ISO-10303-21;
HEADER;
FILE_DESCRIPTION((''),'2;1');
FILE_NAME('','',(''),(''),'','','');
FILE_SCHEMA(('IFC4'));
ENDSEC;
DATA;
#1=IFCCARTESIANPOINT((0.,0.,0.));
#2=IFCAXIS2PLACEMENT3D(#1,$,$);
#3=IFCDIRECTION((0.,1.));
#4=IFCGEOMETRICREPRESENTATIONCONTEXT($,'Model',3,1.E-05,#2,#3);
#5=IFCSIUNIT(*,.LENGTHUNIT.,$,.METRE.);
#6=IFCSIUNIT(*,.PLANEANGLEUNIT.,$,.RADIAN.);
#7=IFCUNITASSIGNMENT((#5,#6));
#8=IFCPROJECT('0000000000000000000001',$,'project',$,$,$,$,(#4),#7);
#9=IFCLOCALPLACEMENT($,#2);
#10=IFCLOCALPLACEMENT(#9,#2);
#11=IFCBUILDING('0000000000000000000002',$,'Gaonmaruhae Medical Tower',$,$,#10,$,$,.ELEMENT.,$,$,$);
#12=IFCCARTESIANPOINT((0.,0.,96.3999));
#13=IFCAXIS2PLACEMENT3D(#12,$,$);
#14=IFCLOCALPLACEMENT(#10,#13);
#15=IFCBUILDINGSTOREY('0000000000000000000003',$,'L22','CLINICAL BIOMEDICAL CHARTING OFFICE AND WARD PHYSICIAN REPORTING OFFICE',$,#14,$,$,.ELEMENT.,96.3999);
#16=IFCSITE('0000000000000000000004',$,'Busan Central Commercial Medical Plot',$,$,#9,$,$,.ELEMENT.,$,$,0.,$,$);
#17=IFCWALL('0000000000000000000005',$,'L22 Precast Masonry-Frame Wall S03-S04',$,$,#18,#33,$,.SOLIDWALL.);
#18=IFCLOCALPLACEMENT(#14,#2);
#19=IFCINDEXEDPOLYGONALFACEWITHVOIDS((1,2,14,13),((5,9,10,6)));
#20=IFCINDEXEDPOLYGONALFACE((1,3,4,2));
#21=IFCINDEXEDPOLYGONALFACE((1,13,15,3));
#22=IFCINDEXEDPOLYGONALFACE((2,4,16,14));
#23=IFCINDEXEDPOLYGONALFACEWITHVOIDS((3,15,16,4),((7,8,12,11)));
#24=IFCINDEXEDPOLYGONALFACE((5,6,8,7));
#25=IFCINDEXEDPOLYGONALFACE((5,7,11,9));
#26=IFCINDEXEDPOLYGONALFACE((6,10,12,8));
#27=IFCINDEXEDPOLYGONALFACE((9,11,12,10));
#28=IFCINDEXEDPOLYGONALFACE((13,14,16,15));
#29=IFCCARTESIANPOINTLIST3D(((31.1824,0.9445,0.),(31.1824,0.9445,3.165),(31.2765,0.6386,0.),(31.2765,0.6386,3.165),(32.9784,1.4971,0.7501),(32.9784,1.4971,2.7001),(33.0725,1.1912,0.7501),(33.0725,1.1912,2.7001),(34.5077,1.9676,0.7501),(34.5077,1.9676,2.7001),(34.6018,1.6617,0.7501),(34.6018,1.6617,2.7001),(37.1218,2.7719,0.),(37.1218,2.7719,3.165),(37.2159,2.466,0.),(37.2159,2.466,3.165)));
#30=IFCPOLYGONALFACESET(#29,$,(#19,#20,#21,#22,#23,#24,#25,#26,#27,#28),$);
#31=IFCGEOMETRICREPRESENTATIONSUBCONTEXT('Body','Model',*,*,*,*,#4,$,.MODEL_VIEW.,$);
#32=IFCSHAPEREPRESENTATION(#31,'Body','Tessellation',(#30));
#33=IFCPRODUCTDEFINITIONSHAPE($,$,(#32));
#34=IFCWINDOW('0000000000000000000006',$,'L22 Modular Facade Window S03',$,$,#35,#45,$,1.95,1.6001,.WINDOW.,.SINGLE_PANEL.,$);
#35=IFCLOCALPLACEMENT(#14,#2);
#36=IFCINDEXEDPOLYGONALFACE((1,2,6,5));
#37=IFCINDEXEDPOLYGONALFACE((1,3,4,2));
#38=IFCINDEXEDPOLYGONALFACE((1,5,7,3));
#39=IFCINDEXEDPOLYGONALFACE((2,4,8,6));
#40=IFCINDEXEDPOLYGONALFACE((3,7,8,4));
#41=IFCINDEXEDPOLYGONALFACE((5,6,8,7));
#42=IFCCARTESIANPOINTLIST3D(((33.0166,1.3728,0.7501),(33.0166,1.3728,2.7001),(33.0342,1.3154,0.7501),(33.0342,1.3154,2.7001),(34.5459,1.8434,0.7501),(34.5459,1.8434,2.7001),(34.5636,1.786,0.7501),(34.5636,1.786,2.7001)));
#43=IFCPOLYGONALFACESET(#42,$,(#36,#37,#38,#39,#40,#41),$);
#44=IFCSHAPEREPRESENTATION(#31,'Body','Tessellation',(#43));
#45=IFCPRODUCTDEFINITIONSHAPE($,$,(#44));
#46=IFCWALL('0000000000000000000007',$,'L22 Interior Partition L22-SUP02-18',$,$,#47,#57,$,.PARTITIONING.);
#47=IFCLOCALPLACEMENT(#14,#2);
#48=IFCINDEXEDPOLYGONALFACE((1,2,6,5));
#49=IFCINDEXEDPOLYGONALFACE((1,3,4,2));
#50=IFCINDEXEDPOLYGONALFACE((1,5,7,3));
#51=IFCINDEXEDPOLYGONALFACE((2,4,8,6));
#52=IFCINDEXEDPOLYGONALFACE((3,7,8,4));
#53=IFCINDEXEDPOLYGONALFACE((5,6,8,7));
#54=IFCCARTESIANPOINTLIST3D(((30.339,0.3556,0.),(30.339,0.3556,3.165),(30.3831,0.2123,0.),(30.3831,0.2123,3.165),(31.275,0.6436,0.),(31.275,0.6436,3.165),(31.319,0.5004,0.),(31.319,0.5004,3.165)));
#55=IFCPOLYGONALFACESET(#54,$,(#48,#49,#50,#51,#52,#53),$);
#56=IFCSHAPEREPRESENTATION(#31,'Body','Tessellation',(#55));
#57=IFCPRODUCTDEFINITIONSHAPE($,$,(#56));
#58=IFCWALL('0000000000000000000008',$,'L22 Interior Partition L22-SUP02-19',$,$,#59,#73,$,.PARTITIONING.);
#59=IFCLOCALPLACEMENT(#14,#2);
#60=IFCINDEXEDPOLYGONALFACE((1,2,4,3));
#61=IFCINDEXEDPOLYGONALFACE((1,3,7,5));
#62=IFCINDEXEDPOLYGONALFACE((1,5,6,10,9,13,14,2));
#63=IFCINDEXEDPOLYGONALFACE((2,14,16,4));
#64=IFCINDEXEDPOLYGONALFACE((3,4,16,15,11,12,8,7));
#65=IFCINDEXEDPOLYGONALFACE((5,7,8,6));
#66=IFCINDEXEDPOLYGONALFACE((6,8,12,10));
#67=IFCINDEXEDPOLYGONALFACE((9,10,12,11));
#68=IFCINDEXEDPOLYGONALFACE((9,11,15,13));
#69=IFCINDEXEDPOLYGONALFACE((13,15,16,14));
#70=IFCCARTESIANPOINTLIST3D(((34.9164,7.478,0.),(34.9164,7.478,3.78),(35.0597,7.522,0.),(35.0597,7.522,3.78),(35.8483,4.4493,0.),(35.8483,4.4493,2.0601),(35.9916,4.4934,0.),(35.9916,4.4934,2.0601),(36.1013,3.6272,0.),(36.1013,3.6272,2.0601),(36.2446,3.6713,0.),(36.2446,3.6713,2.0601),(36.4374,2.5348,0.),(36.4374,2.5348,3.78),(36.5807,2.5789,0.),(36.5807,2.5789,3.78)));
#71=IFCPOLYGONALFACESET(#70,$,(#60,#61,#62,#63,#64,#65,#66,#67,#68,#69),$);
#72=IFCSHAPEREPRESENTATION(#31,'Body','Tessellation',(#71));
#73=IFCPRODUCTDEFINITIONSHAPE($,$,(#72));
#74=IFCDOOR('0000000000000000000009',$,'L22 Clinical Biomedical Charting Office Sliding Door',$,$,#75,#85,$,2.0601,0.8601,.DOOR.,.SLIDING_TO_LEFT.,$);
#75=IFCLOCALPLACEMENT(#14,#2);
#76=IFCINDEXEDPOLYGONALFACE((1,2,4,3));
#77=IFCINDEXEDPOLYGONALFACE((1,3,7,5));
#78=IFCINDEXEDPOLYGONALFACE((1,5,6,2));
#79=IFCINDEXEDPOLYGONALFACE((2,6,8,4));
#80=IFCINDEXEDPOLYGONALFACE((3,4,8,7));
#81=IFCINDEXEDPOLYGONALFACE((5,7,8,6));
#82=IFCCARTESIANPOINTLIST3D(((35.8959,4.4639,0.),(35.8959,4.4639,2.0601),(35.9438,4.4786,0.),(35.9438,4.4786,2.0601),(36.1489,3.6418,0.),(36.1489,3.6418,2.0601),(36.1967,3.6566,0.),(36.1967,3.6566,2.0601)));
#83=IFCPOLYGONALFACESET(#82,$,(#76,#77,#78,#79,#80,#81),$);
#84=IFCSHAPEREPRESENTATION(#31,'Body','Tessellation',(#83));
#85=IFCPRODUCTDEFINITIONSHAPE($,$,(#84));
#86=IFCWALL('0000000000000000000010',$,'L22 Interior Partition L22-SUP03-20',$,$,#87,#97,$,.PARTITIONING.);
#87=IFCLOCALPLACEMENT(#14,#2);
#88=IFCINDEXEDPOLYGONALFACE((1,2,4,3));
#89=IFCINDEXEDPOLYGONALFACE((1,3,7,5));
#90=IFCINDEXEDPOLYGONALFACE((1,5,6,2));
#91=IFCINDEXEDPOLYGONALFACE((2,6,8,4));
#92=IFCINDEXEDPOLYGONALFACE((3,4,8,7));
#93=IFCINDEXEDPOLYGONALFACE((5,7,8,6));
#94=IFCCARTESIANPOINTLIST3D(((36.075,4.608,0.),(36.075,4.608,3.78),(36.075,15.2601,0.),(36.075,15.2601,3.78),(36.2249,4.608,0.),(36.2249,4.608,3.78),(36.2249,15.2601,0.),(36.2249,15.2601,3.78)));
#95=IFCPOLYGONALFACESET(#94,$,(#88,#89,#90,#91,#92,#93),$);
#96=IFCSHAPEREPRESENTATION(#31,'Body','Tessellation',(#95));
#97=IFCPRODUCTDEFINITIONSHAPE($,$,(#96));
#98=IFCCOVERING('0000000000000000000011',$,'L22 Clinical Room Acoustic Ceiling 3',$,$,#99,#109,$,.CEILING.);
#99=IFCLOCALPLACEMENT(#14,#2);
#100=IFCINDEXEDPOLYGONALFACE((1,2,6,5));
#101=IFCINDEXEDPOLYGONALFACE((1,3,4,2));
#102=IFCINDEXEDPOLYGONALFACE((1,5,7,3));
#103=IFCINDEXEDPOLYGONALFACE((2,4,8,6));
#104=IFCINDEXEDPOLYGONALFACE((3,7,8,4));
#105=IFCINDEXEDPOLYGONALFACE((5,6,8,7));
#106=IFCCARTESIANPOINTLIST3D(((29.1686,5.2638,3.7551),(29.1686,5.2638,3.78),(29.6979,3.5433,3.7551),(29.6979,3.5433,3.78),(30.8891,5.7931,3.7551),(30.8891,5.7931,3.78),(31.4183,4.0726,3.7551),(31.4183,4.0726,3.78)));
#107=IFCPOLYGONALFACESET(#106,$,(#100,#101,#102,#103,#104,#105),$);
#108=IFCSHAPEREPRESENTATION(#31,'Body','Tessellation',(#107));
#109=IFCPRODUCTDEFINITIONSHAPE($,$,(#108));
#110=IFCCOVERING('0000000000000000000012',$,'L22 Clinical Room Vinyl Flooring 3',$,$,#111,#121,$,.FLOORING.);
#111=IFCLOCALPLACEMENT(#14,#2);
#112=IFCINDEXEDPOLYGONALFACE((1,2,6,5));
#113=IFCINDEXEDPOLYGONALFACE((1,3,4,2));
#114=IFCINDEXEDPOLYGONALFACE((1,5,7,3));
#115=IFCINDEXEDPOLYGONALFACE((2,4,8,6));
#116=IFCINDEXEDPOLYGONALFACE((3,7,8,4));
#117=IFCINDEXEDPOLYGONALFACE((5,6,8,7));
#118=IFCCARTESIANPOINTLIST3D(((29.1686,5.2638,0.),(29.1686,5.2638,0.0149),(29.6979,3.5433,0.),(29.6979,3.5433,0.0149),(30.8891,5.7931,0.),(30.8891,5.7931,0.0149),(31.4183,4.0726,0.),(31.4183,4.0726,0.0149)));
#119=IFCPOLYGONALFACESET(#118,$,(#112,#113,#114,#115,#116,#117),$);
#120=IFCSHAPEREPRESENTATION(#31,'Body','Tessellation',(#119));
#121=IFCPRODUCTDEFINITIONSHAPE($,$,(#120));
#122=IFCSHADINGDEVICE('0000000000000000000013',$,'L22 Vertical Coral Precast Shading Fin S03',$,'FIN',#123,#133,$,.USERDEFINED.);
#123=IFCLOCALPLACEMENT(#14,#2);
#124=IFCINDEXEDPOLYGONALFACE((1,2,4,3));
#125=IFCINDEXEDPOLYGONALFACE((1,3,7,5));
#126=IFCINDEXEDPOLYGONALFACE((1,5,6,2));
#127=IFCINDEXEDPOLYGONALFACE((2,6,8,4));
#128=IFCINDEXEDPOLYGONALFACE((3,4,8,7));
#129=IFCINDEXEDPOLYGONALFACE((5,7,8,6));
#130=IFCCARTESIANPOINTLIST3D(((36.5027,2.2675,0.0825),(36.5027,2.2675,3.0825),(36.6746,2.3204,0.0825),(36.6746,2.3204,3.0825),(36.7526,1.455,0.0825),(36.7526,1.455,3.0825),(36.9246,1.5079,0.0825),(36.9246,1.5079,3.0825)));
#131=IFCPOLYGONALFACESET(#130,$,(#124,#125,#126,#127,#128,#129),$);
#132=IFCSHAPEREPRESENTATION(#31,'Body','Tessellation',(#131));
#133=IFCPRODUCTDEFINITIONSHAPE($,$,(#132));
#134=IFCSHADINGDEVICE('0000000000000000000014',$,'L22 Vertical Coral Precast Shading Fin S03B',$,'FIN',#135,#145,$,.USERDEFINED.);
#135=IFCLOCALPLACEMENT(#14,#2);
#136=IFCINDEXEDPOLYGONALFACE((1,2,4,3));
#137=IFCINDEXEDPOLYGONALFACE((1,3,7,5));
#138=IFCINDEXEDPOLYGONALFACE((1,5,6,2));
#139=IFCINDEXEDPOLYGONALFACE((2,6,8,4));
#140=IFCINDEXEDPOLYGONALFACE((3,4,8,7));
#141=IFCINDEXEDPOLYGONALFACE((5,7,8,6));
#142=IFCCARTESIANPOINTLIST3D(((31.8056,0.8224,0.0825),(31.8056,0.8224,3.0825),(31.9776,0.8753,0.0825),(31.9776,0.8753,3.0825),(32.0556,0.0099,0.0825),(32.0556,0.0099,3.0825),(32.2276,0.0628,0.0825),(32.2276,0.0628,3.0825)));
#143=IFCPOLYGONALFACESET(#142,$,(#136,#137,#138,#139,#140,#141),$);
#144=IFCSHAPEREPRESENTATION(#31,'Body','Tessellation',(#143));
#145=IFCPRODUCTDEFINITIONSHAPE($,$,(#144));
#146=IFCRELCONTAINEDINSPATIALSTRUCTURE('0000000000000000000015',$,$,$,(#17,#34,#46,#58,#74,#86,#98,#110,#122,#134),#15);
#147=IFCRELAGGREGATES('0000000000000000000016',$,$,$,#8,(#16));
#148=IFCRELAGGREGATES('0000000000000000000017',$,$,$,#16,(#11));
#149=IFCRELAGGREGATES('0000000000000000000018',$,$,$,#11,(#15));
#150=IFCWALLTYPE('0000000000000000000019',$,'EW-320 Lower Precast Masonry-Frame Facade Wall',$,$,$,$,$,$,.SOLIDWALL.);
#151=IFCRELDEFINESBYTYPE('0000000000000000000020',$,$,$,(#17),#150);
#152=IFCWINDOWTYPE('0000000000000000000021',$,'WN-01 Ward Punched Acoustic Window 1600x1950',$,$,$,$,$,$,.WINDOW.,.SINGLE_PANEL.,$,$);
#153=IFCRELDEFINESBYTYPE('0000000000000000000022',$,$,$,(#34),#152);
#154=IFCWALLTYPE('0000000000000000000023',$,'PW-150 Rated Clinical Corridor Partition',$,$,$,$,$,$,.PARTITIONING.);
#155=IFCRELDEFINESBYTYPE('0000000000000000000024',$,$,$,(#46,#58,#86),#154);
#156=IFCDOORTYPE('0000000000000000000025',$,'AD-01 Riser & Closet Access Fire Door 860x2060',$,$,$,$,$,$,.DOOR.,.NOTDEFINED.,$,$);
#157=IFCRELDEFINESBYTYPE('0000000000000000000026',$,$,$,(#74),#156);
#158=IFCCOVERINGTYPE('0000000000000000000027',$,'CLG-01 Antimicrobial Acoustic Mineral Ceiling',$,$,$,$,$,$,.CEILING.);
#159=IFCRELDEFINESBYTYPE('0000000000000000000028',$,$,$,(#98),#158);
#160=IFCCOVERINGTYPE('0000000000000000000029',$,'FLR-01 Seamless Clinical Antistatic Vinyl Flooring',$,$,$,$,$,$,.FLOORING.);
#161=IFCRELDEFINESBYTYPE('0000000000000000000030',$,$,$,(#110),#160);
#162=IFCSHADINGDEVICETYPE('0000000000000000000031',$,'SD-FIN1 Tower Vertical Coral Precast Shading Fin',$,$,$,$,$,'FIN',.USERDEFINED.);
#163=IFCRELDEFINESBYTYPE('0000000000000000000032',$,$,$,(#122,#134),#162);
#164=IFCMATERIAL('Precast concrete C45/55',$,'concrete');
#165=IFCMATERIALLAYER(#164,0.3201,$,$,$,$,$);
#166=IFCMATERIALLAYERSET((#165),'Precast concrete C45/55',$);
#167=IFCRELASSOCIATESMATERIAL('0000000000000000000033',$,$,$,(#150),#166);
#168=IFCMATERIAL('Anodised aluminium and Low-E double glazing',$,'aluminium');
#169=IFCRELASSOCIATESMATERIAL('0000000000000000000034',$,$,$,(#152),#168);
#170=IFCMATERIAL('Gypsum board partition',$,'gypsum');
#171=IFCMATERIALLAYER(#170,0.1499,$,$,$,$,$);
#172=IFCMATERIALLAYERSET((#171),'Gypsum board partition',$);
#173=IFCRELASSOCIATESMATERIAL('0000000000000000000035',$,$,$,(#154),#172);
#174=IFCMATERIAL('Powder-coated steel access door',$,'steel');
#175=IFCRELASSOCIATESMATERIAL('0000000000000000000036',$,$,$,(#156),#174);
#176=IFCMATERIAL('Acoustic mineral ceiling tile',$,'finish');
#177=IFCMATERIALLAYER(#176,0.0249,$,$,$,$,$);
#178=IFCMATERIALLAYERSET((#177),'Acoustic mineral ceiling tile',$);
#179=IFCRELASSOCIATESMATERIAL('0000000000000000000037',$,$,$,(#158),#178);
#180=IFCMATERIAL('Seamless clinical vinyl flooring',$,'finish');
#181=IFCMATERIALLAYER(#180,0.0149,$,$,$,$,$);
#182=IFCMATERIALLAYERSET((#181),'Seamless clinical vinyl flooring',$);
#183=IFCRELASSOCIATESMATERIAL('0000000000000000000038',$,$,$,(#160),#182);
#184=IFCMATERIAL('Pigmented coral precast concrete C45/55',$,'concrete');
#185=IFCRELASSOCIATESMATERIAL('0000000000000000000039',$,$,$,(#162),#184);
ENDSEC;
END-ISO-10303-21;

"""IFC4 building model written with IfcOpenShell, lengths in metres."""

from ifc_helpers import new_model, si_unit, direction, frame, frame_2d, origin, origin_2d, place, context, subcontext, project, spatial, rectangle, extrude, material, layer, layer_set, type_object, element, fill, save


model = new_model("IFC4")

# Units and contexts
model_context = context("Model", 3, precision=1e-05, world=origin(), true_north=direction((0.0, 1.0)))
body_context = subcontext(model_context, "Body", "Model", "MODEL_VIEW")
ifc_project = project(units=[si_unit("LENGTHUNIT", "METRE"), si_unit("PLANEANGLEUNIT", "RADIAN")], contexts=[model_context])

# Site, building, storey
site_placement = place(None, origin())
site = spatial("IfcSite", under=ifc_project, at=site_placement, Name="Busan Central Commercial Medical Plot", CompositionType="ELEMENT", RefElevation=0.0)
building_placement = place(site_placement, origin())
building = spatial("IfcBuilding", under=site, at=building_placement, Name="Gaonmaruhae Medical Tower", CompositionType="ELEMENT")
storey_placement = place(building_placement, frame((0.0, 0.0, 96.3999)))
storey = spatial("IfcBuildingStorey", under=building, at=storey_placement, Name="L22", Description="CLINICAL BIOMEDICAL CHARTING OFFICE AND WARD PHYSICIAN REPORTING OFFICE", CompositionType="ELEMENT", Elevation=96.3999)

# Wall, opening, window
ifc_material_1 = material(Name="Precast concrete C45/55", Category="concrete")
ifc_layer_1 = layer(ifc_material_1, 0.3201)
ifc_layer_set_1 = layer_set([ifc_layer_1], Name="Precast concrete C45/55")
wall_type_1 = type_object("IfcWallType", Name="EW-320 Lower Precast Masonry-Frame Facade Wall", PredefinedType="SOLIDWALL", material=ifc_layer_set_1)
ifc_material_2 = material(Name="Anodised aluminium and Low-E double glazing", Category="aluminium")
wall_1_placement = place(storey_placement, frame((37.1687, 2.6189, 0.0), z_axis=(0.0, 0.0, 1.0), x_axis=(-0.955785, -0.294067, 0.0)))
wall_1 = element("IfcWall", 1, at=wall_1_placement, inside=storey, type_object=wall_type_1, Name="L22 Precast Masonry-Frame Wall S03-S04", PredefinedType="SOLIDWALL", context=body_context, shape_type="SweptSolid", body=[
    extrude(rectangle(XDim=6.2141, YDim=0.3201, at=frame_2d((3.1069, 0.0))), origin(), (0.0, 0.0, 1.0), 3.165),
])
opening_1_placement = place(wall_1_placement, frame((2.7349, 0.0, 0.75)))
opening_1 = element("IfcOpeningElement", 2, at=opening_1_placement, cuts=wall_1, PredefinedType="OPENING", context=body_context, shape_type="SweptSolid", body=[
    extrude(rectangle(XDim=1.6001, YDim=1.95, at=frame_2d((0.8, 0.9751))), frame((0.0, 0.1699, 0.0), z_axis=(0.0, -1.0, 0.0), x_axis=(1.0, 0.0, 0.0)), (0.0, 0.0, 1.0), 0.3401),
])
window_type_1 = type_object("IfcWindowType", Name="WN-01 Ward Punched Acoustic Window 1600x1950", PartitioningType="SINGLE_PANEL", PredefinedType="WINDOW", material=ifc_material_2)
window_1_placement = place(opening_1_placement, origin())
window_1 = element("IfcWindow", 3, at=window_1_placement, inside=storey, type_object=window_type_1, Name="L22 Modular Facade Window S03", OverallHeight=1.95, OverallWidth=1.6001, PartitioningType="SINGLE_PANEL", PredefinedType="WINDOW", context=body_context, shape_type="SweptSolid", body=[
    extrude(rectangle(XDim=1.6001, YDim=1.95, at=frame_2d((0.8, 0.9751))), frame((0.0, 0.03, 0.0), z_axis=(0.0, -1.0, 0.0), x_axis=(1.0, 0.0, 0.0)), (0.0, 0.0, 1.0), 0.0601),
])
fill(opening_1, window_1)

# Wall
ifc_material_3 = material(Name="Gypsum board partition", Category="gypsum")
ifc_layer_2 = layer(ifc_material_3, 0.1499)
ifc_layer_set_2 = layer_set([ifc_layer_2], Name="Gypsum board partition")
wall_type_2 = type_object("IfcWallType", Name="PW-150 Rated Clinical Corridor Partition", PredefinedType="PARTITIONING", material=ifc_layer_set_2)
wall_2_placement = place(storey_placement, frame((31.2971, 0.572, 0.0), z_axis=(0.0, 0.0, 1.0), x_axis=(-0.955757, -0.294156, 0.0)))
element("IfcWall", 4, at=wall_2_placement, inside=storey, type_object=wall_type_2, Name="L22 Interior Partition L22-SUP02-18", PredefinedType="PARTITIONING", context=body_context, shape_type="SweptSolid", body=[
    extrude(rectangle(XDim=0.9792, YDim=0.1499, at=frame_2d((0.4897, 0.0))), origin(), (0.0, 0.0, 1.0), 3.165),
])

# Wall, opening, door
wall_3_placement = place(storey_placement, frame((34.988, 7.5, 0.0), z_axis=(0.0, 0.0, 1.0), x_axis=(0.294092, -0.955777, 0.0)))
wall_3 = element("IfcWall", 5, at=wall_3_placement, inside=storey, type_object=wall_type_2, Name="L22 Interior Partition L22-SUP02-19", PredefinedType="PARTITIONING", context=body_context, shape_type="SweptSolid", body=[
    extrude(rectangle(XDim=5.1719, YDim=0.1499, at=frame_2d((2.5859, 0.0))), origin(), (0.0, 0.0, 1.0), 3.78),
])
opening_2_placement = place(wall_3_placement, frame((3.1687, 0.0, 0.0)))
opening_2 = element("IfcOpeningElement", 6, at=opening_2_placement, cuts=wall_3, PredefinedType="OPENING", context=body_context, shape_type="SweptSolid", body=[
    extrude(rectangle(XDim=0.8601, YDim=2.0601, at=frame_2d((0.4302, 1.03))), frame((0.0, 0.085, 0.0), z_axis=(0.0, -1.0, 0.0), x_axis=(1.0, 0.0, 0.0)), (0.0, 0.0, 1.0), 0.1699),
])
ifc_material_4 = material(Name="Powder-coated steel access door", Category="steel")
door_type = type_object("IfcDoorType", Name="AD-01 Riser & Closet Access Fire Door 860x2060", OperationType="NOTDEFINED", PredefinedType="DOOR", material=ifc_material_4)
door_placement = place(opening_2_placement, origin())
door = element("IfcDoor", 7, at=door_placement, inside=storey, type_object=door_type, Name="L22 Clinical Biomedical Charting Office Sliding Door", OperationType="SLIDING_TO_LEFT", OverallHeight=2.0601, OverallWidth=0.8601, PredefinedType="DOOR", context=body_context, shape_type="SweptSolid", body=[
    extrude(rectangle(XDim=0.8601, YDim=2.0601, at=frame_2d((0.4302, 1.03))), frame((0.0, 0.0249, 0.0), z_axis=(0.0, -1.0, 0.0), x_axis=(1.0, 0.0, 0.0)), (0.0, 0.0, 1.0), 0.05),
])
fill(opening_2, door)

# Wall
wall_4_placement = place(storey_placement, frame((36.1499, 4.6079, 0.0), z_axis=(0.0, 0.0, 1.0), x_axis=(0.0, 1.0, 0.0)))
element("IfcWall", 8, at=wall_4_placement, inside=storey, type_object=wall_type_2, Name="L22 Interior Partition L22-SUP03-20", PredefinedType="PARTITIONING", context=body_context, shape_type="SweptSolid", body=[
    extrude(rectangle(XDim=10.6521, YDim=0.1499, at=frame_2d((5.3262, 0.0))), origin(), (0.0, 0.0, 1.0), 3.78),
])

# Coverings
ifc_material_5 = material(Name="Acoustic mineral ceiling tile", Category="finish")
ifc_layer_3 = layer(ifc_material_5, 0.0249)
ifc_layer_set_3 = layer_set([ifc_layer_3], Name="Acoustic mineral ceiling tile")
covering_type_1 = type_object("IfcCoveringType", Name="CLG-01 Antimicrobial Acoustic Mineral Ceiling", PredefinedType="CEILING", material=ifc_layer_set_3)
covering_1_placement = place(storey_placement, frame((30.2935, 4.6682, 3.7551), z_axis=(0.0, 0.0, 1.0), x_axis=(0.955793, 0.29404, 0.0)))
element("IfcCovering", 9, at=covering_1_placement, inside=storey, type_object=covering_type_1, Name="L22 Clinical Room Acoustic Ceiling 3", PredefinedType="CEILING", context=body_context, shape_type="SweptSolid", body=[
    extrude(rectangle(XDim=1.8, YDim=1.8, at=origin_2d()), origin(), (0.0, 0.0, 1.0), 0.0249),
])
ifc_material_6 = material(Name="Seamless clinical vinyl flooring", Category="finish")
ifc_layer_4 = layer(ifc_material_6, 0.0149)
ifc_layer_set_4 = layer_set([ifc_layer_4], Name="Seamless clinical vinyl flooring")
covering_type_2 = type_object("IfcCoveringType", Name="FLR-01 Seamless Clinical Antistatic Vinyl Flooring", PredefinedType="FLOORING", material=ifc_layer_set_4)
covering_2_placement = place(storey_placement, frame((30.2935, 4.6682, 0.0), z_axis=(0.0, 0.0, 1.0), x_axis=(0.955793, 0.29404, 0.0)))
element("IfcCovering", 10, at=covering_2_placement, inside=storey, type_object=covering_type_2, Name="L22 Clinical Room Vinyl Flooring 3", PredefinedType="FLOORING", context=body_context, shape_type="SweptSolid", body=[
    extrude(rectangle(XDim=1.8, YDim=1.8, at=origin_2d()), origin(), (0.0, 0.0, 1.0), 0.0149),
])

# Shading devices
ifc_material_7 = material(Name="Pigmented coral precast concrete C45/55", Category="concrete")
shading_device_type = type_object("IfcShadingDeviceType", Name="SD-FIN1 Tower Vertical Coral Precast Shading Fin", ElementType="FIN", PredefinedType="USERDEFINED", material=ifc_material_7)
for number, where, z_axis, x_axis, name in (
    (11, (36.7136, 1.8877, 0.0825), (0.0, 0.0, 1.0), (-0.955793, -0.29404, 0.0), "L22 Vertical Coral Precast Shading Fin S03"),
    (12, (32.0166, 0.4426, 0.0825), (0.0, 0.0, 1.0), (-0.955793, -0.29404, 0.0), "L22 Vertical Coral Precast Shading Fin S03B"),
):
    element("IfcShadingDevice", number, at=place(storey_placement, frame(where, z_axis=z_axis, x_axis=x_axis)), inside=storey, type_object=shading_device_type, Name=name, ObjectType="FIN", PredefinedType="USERDEFINED", context=body_context, shape_type="SweptSolid", body=[
        extrude(rectangle(XDim=0.1799, YDim=0.8501, at=origin_2d()), origin(), (0.0, 0.0, 1.0), 3.0),
    ])

save(model, "model.ifc")
